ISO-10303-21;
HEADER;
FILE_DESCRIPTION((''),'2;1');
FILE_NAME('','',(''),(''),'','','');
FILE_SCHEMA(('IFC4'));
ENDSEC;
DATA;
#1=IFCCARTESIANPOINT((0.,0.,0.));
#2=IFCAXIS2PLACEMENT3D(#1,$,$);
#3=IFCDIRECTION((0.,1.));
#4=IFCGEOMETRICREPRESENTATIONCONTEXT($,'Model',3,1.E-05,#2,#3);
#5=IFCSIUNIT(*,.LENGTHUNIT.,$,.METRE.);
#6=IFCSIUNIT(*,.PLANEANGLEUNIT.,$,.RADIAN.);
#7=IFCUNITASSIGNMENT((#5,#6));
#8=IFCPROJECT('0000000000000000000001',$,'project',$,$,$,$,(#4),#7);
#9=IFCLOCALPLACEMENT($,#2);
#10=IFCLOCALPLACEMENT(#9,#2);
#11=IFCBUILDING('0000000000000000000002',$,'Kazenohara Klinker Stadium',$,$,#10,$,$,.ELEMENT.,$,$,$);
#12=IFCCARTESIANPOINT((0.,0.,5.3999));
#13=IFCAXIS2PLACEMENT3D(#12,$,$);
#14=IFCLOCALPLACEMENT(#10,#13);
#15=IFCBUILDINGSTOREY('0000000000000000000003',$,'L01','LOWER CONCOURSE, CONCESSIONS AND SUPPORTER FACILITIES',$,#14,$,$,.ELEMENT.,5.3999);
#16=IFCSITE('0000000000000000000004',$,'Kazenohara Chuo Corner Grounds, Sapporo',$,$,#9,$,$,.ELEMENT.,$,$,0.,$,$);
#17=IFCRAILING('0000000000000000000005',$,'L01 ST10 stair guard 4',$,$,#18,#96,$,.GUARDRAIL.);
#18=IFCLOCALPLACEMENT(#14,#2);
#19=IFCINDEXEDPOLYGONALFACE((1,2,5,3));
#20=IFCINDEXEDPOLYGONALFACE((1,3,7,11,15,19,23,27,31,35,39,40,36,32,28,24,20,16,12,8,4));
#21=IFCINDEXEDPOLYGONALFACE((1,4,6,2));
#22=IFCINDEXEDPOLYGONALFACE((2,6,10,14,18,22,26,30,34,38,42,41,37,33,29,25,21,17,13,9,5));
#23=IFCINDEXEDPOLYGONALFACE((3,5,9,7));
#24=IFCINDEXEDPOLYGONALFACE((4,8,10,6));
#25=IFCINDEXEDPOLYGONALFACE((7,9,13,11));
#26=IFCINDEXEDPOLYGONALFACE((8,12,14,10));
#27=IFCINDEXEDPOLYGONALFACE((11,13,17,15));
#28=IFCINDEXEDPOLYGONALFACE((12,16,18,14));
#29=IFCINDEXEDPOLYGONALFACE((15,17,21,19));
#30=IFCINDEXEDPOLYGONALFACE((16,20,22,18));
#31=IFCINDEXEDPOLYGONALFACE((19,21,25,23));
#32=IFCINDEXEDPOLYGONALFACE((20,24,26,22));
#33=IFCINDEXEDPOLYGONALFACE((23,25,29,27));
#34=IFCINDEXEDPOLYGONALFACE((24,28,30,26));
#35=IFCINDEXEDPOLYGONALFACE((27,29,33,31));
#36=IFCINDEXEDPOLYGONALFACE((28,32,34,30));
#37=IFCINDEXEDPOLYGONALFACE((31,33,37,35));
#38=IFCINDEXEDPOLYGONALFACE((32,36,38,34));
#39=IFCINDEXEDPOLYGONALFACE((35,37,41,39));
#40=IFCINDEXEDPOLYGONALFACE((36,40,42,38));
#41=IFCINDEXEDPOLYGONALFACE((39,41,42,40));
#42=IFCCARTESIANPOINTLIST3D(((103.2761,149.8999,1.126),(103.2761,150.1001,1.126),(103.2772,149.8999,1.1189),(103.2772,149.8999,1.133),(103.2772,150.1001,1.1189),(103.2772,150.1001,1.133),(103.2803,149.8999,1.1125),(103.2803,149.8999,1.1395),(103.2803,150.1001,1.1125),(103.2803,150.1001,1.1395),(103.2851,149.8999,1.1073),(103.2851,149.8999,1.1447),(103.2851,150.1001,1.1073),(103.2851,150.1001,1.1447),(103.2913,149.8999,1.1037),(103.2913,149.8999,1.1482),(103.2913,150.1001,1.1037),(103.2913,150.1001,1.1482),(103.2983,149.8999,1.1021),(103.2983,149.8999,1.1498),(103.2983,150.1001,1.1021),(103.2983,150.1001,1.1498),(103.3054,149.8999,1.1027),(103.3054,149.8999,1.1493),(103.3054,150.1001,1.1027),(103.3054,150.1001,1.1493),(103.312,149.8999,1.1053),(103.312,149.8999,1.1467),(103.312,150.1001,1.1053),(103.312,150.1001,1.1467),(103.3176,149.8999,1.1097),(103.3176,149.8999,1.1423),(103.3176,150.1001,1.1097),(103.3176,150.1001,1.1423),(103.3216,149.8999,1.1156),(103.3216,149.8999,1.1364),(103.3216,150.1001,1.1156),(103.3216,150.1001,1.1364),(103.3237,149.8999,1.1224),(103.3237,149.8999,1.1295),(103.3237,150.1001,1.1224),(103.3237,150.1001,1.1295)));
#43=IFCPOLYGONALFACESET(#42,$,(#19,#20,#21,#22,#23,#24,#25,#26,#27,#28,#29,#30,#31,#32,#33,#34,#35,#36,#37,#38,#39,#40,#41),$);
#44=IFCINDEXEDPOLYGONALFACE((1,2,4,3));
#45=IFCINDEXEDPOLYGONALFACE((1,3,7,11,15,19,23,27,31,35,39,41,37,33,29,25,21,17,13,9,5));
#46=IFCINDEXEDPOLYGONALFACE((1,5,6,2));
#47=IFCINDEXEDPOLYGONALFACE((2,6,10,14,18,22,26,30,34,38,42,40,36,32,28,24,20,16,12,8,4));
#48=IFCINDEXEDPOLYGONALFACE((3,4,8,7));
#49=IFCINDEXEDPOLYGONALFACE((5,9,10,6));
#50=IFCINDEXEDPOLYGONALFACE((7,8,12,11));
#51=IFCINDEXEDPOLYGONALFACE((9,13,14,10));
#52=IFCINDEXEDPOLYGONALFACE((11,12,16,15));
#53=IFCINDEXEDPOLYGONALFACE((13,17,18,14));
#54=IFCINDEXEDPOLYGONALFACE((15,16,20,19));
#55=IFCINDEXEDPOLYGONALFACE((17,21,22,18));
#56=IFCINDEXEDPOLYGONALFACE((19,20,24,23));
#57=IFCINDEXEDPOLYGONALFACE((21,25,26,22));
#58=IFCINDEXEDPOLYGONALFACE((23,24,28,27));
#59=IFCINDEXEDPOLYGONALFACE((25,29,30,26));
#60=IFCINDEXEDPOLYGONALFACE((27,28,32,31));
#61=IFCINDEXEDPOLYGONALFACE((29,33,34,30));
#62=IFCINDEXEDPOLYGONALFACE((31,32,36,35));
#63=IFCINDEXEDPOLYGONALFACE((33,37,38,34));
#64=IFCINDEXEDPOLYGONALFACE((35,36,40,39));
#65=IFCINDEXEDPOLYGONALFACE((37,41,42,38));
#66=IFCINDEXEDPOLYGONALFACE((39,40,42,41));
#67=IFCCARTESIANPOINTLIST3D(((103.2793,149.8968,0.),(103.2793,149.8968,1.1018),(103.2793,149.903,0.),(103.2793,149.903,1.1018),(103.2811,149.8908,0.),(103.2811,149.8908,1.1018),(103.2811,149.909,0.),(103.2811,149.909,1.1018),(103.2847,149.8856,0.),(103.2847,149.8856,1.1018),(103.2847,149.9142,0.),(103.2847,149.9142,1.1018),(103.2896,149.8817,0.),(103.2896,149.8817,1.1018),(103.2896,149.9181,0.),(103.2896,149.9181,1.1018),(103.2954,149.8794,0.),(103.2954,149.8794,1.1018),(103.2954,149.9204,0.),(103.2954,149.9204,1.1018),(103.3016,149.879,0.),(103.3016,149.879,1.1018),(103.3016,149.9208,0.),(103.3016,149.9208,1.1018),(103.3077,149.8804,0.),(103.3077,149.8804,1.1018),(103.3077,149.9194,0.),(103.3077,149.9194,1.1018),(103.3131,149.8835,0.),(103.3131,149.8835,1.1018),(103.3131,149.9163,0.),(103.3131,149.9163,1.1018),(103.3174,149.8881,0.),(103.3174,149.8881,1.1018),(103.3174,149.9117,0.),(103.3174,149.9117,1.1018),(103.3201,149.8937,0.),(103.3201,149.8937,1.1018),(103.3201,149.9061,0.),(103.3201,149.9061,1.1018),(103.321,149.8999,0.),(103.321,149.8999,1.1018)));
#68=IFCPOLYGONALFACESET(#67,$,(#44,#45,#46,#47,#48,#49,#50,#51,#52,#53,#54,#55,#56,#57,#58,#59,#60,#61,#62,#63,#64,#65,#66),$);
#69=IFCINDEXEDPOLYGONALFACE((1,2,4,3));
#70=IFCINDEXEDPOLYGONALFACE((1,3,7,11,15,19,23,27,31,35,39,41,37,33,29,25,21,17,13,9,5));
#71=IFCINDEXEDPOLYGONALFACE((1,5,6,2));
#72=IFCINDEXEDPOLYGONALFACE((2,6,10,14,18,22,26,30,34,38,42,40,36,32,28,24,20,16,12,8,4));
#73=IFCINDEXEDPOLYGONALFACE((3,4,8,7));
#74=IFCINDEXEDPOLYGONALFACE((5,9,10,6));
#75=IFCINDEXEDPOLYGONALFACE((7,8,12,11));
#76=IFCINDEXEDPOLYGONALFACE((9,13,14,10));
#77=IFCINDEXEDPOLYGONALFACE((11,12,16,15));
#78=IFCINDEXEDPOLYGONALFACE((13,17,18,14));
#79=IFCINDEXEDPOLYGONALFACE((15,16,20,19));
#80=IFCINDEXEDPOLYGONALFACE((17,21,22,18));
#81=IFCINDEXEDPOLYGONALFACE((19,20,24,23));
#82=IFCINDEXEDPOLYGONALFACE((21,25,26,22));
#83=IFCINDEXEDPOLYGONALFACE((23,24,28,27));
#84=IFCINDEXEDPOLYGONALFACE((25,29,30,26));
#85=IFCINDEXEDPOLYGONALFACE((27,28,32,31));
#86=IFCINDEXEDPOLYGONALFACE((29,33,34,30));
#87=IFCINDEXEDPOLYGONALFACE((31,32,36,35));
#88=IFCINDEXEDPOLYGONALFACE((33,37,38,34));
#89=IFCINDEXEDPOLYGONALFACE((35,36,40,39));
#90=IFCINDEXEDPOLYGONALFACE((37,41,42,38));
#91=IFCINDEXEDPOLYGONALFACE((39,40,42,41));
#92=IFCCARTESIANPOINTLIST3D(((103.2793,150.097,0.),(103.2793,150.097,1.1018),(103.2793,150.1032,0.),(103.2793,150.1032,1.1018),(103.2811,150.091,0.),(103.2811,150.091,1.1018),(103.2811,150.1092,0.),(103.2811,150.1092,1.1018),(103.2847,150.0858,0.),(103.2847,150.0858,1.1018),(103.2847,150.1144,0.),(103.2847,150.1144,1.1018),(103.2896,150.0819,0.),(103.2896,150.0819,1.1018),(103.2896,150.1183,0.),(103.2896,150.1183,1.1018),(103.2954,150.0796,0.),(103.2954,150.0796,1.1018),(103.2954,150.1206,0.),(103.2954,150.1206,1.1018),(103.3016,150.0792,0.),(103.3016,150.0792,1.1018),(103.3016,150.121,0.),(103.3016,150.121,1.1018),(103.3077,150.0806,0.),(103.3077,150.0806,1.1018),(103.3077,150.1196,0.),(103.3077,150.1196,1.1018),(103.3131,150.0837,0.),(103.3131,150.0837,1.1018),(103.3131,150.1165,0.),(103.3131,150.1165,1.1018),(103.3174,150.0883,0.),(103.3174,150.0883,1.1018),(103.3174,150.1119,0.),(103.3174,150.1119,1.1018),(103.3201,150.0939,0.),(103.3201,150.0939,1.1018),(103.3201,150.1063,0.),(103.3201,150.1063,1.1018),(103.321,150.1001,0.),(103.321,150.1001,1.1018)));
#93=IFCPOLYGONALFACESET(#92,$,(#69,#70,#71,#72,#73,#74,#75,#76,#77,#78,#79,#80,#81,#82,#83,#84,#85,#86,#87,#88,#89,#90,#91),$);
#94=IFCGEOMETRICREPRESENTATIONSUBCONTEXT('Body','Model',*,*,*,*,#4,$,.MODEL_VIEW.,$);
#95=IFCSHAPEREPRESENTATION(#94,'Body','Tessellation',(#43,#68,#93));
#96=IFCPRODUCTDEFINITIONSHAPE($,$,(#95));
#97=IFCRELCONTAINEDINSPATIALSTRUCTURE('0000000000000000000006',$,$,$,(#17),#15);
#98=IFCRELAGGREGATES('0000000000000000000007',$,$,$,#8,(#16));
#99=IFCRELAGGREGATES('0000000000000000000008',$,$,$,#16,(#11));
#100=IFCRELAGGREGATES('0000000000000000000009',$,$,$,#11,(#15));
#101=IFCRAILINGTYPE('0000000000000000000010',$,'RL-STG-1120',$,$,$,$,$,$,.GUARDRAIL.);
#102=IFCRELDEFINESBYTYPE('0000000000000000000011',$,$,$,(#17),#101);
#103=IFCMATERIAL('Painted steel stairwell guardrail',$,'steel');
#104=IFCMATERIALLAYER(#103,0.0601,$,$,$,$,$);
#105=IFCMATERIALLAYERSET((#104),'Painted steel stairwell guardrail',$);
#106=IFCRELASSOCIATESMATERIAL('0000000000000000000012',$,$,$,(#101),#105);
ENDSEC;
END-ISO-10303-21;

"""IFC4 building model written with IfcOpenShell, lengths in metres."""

from ifc_helpers import new_model, si_unit, direction, frame, origin, origin_2d, place, context, subcontext, project, spatial, circle, extrude, material, layer, layer_set, type_object, element, save


model = new_model("IFC4")

# Units and contexts
model_context = context("Model", 3, precision=1e-05, world=origin(), true_north=direction((0.0, 1.0)))
body_context = subcontext(model_context, "Body", "Model", "MODEL_VIEW")
ifc_project = project(units=[si_unit("LENGTHUNIT", "METRE"), si_unit("PLANEANGLEUNIT", "RADIAN")], contexts=[model_context])

# Site, building, storey
site_placement = place(None, origin())
site = spatial("IfcSite", under=ifc_project, at=site_placement, Name="Kazenohara Chuo Corner Grounds, Sapporo", CompositionType="ELEMENT", RefElevation=0.0)
building_placement = place(site_placement, origin())
building = spatial("IfcBuilding", under=site, at=building_placement, Name="Kazenohara Klinker Stadium", CompositionType="ELEMENT")
storey_placement = place(building_placement, frame((0.0, 0.0, 5.3999)))
storey = spatial("IfcBuildingStorey", under=building, at=storey_placement, Name="L01", Description="LOWER CONCOURSE, CONCESSIONS AND SUPPORTER FACILITIES", CompositionType="ELEMENT", Elevation=5.3999)

# Railing
ifc_material_1 = material(Name="Painted steel stairwell guardrail", Category="steel")
ifc_layer_1 = layer(ifc_material_1, 0.0601)
ifc_layer_set_1 = layer_set([ifc_layer_1], Name="Painted steel stairwell guardrail")
railing_type_1 = type_object("IfcRailingType", Name="RL-STG-1120", PredefinedType="GUARDRAIL", material=ifc_layer_set_1)
railing_1_placement = place(storey_placement, frame((103.3, 149.8999, 0.0)))
element("IfcRailing", 1, at=railing_1_placement, inside=storey, type_object=railing_type_1, Name="L01 ST10 stair guard 4", PredefinedType="GUARDRAIL", context=body_context, shape_type="SweptSolid", body=[
    extrude(circle(Radius=0.0239, at=origin_2d()), frame((0.0, 0.0, 1.126), z_axis=(0.0, 1.0, 0.0), x_axis=(-1.0, 0.0, 0.0)), (0.0, 0.0, 1.0), 0.2002),
    extrude(circle(Radius=0.021, at=origin_2d()), origin(), (0.0, 0.0, 1.0), 1.1018),
    extrude(circle(Radius=0.021, at=origin_2d()), frame((0.0, 0.2002, 0.0)), (0.0, 0.0, 1.0), 1.1018),
])

save(model, "model.ifc")
